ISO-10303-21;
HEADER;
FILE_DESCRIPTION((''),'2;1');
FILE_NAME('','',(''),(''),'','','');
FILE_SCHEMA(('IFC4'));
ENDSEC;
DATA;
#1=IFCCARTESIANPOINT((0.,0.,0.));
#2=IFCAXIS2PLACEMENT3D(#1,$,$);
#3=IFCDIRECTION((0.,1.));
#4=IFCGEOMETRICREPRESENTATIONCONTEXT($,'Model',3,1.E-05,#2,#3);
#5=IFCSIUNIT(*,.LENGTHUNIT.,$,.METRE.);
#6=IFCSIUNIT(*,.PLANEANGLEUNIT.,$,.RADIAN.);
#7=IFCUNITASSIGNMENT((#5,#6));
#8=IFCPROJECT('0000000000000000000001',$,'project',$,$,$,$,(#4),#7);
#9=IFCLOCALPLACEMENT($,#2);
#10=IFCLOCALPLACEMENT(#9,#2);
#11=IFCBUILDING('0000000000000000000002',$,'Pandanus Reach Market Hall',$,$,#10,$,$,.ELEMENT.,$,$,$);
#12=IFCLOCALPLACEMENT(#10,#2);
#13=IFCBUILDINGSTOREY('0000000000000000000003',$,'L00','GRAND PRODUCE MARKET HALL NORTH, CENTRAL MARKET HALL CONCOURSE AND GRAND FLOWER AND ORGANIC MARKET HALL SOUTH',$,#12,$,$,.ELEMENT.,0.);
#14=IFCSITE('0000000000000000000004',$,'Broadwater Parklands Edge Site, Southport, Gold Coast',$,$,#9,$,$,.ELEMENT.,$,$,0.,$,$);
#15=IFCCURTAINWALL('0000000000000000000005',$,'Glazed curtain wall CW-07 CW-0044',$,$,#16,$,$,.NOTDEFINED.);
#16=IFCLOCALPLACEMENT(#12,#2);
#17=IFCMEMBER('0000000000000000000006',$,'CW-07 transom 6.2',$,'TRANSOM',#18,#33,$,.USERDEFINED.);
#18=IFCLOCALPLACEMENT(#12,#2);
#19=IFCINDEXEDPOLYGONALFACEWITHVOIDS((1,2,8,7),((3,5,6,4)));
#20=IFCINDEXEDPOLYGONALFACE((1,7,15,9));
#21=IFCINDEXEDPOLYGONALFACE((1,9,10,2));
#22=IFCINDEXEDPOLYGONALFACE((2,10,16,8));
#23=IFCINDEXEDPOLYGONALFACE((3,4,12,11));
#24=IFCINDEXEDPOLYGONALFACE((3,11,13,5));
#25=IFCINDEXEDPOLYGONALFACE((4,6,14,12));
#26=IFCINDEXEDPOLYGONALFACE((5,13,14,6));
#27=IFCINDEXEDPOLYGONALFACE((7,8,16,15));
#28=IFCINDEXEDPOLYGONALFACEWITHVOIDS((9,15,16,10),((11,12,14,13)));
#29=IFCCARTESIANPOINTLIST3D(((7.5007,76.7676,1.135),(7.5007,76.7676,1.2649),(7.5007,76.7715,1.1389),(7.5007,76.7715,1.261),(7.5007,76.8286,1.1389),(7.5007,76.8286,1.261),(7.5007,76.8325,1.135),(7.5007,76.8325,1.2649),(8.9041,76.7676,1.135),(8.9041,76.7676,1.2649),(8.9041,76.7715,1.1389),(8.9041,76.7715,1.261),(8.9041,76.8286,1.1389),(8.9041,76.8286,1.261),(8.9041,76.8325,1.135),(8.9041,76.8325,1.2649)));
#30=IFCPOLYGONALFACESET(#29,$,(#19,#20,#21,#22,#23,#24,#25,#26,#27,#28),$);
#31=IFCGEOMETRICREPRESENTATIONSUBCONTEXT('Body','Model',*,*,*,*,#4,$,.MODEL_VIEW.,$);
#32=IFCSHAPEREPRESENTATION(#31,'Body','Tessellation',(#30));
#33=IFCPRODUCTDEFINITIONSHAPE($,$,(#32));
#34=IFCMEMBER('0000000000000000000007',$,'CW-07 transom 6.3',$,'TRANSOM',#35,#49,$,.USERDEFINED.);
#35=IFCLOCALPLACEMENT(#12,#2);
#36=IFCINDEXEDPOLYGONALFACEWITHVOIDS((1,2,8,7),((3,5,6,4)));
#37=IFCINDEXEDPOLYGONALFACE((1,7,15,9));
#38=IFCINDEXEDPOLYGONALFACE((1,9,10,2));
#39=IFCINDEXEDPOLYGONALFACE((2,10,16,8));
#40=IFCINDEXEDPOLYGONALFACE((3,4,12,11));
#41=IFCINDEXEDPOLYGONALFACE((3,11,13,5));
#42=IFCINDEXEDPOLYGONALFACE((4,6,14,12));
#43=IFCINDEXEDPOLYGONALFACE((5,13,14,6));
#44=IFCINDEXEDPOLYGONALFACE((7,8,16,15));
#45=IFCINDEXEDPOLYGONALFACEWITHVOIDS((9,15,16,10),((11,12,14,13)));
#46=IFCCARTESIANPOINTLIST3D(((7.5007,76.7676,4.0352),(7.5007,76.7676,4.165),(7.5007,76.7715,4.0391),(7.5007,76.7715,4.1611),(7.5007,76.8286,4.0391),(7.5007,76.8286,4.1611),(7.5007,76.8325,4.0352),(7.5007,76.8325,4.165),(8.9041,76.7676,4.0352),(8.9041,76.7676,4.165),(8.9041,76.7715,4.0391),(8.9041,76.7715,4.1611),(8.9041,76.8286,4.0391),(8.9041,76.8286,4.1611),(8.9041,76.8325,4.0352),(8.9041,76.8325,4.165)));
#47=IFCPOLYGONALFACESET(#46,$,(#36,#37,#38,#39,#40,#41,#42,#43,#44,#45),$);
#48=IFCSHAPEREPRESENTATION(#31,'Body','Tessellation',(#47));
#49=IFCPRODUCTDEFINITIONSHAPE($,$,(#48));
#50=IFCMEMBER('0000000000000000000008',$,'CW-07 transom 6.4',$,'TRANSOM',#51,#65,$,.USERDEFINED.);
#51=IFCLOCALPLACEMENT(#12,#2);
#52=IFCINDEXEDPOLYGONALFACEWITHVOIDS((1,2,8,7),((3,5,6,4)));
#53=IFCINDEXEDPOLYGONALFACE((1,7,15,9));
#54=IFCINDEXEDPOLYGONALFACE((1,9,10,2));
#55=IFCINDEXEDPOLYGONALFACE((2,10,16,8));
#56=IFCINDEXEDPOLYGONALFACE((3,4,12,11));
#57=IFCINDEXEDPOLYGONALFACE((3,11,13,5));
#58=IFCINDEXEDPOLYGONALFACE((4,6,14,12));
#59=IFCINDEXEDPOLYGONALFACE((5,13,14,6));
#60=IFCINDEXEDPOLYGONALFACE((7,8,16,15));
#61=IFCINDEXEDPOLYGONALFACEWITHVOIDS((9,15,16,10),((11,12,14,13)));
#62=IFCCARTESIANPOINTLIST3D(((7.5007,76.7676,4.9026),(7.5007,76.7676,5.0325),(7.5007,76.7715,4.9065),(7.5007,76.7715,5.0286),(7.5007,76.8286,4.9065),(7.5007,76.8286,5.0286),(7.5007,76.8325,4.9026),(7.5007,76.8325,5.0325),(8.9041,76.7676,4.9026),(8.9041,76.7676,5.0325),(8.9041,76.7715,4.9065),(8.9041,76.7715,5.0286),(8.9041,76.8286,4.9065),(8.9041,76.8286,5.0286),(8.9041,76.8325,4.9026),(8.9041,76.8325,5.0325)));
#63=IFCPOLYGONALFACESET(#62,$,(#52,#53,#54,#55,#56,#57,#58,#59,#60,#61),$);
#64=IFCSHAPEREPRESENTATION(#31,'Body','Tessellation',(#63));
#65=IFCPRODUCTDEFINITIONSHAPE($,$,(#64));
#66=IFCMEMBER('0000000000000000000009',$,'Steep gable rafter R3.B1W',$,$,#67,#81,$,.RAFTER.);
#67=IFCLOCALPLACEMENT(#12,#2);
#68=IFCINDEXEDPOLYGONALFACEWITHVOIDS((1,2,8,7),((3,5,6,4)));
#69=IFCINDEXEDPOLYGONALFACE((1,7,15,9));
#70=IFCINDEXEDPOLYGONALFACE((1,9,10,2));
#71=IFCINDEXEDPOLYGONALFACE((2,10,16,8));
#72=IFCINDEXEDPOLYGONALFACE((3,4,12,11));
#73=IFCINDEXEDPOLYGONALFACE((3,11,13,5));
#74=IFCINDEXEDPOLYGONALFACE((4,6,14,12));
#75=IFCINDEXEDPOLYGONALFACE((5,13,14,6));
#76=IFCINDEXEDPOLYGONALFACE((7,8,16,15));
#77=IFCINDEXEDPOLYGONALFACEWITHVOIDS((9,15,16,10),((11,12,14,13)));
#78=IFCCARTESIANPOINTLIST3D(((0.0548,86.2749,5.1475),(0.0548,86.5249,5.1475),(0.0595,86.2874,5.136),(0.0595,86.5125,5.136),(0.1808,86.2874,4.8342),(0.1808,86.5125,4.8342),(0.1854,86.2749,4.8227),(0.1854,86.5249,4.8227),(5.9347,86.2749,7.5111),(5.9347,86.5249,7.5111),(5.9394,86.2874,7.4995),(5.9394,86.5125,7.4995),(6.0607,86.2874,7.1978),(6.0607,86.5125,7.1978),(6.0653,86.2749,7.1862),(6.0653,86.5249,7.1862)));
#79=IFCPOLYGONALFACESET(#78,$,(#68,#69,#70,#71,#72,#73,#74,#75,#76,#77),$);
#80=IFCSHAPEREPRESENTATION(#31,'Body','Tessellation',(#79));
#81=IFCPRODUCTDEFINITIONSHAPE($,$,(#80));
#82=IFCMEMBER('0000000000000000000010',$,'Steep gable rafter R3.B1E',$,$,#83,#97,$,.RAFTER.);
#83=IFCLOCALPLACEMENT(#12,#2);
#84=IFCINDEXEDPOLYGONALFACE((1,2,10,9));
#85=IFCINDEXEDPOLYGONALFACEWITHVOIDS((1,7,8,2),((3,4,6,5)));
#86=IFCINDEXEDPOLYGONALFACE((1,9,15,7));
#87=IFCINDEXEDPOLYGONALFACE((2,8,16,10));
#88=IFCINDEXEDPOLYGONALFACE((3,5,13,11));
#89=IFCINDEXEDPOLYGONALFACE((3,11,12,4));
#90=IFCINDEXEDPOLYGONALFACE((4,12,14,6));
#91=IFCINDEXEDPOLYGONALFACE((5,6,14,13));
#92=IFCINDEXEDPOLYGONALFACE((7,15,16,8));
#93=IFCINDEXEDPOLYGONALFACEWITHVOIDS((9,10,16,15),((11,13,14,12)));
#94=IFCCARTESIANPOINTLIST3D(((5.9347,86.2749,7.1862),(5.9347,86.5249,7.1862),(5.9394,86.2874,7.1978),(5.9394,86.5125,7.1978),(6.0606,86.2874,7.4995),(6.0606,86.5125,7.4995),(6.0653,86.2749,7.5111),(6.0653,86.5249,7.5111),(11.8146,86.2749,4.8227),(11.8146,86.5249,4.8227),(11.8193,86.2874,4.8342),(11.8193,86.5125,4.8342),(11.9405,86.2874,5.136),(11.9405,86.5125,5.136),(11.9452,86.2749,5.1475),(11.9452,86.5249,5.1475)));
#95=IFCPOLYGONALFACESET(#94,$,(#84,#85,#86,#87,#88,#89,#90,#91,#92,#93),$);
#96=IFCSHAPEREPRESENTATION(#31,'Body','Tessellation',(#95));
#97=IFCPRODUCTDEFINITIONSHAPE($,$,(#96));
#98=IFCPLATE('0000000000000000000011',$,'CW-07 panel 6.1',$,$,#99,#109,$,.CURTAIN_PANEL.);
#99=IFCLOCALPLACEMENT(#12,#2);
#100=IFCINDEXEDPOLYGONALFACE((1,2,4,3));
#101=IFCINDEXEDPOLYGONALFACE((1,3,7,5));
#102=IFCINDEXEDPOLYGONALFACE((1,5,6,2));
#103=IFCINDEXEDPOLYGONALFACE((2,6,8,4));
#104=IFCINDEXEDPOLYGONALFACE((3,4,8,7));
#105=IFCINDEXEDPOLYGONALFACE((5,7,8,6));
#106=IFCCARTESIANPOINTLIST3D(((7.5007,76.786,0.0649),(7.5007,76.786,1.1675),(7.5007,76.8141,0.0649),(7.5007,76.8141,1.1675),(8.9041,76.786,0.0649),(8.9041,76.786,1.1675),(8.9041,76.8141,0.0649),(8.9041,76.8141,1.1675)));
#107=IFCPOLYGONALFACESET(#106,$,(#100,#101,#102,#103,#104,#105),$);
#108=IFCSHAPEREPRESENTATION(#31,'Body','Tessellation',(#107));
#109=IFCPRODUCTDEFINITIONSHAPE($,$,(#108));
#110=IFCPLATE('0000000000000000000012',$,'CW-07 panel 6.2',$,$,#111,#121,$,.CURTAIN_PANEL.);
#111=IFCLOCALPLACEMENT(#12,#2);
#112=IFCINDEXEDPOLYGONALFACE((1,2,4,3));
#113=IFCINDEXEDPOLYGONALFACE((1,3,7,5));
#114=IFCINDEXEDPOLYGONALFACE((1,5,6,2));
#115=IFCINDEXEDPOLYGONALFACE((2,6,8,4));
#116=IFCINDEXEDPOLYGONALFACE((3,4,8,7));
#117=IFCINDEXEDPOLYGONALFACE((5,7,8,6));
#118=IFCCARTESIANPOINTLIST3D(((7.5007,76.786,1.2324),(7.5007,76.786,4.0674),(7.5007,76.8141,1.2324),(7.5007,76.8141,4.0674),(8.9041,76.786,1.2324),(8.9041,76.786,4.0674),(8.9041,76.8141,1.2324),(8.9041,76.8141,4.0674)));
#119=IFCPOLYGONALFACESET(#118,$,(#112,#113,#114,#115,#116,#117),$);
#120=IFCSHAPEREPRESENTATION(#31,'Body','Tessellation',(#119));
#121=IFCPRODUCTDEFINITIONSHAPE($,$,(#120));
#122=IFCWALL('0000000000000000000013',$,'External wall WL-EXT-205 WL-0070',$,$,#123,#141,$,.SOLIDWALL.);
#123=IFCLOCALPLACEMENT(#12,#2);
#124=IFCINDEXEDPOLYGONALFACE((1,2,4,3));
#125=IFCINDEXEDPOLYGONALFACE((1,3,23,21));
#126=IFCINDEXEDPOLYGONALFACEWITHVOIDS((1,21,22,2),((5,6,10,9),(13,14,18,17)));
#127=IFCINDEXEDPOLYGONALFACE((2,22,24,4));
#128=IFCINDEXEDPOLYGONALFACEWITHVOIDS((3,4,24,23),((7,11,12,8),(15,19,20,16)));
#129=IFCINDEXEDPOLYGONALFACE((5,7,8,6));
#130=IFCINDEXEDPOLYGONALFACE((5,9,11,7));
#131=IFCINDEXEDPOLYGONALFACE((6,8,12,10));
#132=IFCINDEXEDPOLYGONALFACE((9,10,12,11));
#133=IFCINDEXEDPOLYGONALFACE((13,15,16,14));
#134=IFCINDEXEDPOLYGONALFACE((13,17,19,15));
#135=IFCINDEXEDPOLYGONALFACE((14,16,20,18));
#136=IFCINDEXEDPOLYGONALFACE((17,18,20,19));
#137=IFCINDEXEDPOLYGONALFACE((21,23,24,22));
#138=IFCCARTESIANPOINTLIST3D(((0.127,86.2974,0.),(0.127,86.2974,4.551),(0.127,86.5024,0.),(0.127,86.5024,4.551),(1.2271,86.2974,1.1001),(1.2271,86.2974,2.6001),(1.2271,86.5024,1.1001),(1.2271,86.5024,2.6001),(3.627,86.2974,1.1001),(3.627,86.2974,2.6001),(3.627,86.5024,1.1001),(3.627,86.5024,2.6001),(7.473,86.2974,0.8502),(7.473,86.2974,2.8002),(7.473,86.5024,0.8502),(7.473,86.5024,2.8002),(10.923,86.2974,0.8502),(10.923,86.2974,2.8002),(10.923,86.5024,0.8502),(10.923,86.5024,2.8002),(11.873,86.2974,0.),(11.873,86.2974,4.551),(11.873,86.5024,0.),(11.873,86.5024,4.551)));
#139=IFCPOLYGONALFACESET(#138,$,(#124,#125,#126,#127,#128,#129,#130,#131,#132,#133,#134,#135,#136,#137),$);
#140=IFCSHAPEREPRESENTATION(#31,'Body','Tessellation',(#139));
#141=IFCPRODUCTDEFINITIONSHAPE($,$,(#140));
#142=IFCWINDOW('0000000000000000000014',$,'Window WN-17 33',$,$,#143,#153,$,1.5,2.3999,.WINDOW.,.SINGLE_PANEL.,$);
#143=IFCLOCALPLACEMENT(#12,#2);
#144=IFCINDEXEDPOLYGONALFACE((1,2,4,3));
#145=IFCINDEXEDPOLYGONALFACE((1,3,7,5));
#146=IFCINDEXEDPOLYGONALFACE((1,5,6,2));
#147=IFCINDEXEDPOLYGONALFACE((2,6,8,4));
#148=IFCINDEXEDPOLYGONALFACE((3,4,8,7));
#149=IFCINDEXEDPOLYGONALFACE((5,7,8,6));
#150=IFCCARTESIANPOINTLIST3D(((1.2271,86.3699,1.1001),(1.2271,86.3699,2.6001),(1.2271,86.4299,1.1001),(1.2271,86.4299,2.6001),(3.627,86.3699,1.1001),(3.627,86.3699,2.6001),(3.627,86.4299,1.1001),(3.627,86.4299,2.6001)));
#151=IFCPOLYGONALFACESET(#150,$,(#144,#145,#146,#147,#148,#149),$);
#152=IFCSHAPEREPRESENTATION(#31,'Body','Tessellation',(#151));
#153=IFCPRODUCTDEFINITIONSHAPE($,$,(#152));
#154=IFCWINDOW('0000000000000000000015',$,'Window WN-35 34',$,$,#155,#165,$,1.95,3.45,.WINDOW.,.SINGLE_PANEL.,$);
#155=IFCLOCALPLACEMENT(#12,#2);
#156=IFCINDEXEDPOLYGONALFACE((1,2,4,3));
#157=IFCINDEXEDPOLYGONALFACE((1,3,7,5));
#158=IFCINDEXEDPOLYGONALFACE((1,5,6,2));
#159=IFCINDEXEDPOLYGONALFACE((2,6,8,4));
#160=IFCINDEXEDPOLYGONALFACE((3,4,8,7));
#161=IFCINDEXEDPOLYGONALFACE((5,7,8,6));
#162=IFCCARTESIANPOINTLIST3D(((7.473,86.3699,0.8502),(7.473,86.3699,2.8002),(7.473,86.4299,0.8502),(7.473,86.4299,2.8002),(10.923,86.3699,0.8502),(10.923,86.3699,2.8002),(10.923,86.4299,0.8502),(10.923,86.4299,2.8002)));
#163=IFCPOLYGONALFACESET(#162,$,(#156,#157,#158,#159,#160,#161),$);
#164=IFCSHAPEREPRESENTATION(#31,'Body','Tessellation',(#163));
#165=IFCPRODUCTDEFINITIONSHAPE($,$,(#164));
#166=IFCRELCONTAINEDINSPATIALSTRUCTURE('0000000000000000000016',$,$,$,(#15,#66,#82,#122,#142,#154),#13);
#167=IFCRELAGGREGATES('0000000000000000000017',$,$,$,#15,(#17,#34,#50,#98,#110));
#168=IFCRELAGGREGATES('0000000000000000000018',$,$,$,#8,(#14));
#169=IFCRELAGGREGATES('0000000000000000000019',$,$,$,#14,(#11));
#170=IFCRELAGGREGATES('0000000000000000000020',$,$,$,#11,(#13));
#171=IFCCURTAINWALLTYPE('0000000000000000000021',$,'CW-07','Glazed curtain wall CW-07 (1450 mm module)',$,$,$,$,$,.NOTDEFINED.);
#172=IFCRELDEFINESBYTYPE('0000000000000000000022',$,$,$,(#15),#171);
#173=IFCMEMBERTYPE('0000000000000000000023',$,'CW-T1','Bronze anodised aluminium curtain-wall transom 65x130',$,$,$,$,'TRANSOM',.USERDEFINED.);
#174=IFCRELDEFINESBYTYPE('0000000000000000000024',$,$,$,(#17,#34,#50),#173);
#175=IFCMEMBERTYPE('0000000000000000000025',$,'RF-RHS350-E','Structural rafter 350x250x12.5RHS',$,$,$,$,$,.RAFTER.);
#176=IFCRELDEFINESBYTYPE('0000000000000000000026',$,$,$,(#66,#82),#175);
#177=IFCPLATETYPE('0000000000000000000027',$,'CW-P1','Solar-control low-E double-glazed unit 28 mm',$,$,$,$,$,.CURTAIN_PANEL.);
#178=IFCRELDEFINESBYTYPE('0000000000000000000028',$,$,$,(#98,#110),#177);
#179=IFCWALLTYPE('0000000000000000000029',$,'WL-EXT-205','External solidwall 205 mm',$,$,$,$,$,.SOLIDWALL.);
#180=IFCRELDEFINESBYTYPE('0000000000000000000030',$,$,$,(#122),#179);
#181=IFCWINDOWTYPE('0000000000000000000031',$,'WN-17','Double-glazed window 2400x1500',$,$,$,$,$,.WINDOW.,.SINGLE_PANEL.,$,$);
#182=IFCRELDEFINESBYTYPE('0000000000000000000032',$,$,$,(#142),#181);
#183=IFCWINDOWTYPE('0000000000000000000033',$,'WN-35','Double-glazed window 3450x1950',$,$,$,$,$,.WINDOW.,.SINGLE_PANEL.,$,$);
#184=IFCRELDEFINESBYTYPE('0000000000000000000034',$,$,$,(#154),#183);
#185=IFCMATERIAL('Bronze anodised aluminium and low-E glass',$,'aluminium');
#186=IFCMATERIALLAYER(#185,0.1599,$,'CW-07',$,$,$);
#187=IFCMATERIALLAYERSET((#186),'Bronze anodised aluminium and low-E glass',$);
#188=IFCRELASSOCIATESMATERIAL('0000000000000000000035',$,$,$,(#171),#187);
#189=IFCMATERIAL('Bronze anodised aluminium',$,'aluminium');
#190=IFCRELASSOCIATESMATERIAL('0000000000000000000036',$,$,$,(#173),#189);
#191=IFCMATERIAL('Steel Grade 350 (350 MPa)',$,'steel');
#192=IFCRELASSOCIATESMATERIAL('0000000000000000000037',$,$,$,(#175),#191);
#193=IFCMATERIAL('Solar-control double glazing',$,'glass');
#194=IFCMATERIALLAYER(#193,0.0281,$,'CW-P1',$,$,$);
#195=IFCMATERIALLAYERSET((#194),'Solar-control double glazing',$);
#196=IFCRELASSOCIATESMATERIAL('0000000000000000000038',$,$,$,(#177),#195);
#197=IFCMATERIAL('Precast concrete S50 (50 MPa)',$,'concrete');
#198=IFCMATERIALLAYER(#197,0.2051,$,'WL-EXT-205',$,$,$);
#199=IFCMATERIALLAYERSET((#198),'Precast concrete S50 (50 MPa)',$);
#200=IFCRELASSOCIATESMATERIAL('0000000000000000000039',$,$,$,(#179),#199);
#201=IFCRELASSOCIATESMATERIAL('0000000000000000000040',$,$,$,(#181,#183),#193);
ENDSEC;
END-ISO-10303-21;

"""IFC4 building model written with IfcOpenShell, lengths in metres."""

from ifc_helpers import new_model, si_unit, direction, frame, frame_2d, origin, origin_2d, place, context, subcontext, project, spatial, rectangle, hollow_rectangle, extrude, material, layer, layer_set, material_profile, profile_set, type_object, element, fill, aggregate, save


model = new_model("IFC4")

# Units and contexts
model_context = context("Model", 3, precision=1e-05, world=origin(), true_north=direction((0.0, 1.0)))
body_context = subcontext(model_context, "Body", "Model", "MODEL_VIEW")
ifc_project = project(units=[si_unit("LENGTHUNIT", "METRE"), si_unit("PLANEANGLEUNIT", "RADIAN")], contexts=[model_context])

# Site, building, storey
site_placement = place(None, origin())
site = spatial("IfcSite", under=ifc_project, at=site_placement, Name="Broadwater Parklands Edge Site, Southport, Gold Coast", CompositionType="ELEMENT", RefElevation=0.0)
building_placement = place(site_placement, origin())
building = spatial("IfcBuilding", under=site, at=building_placement, Name="Pandanus Reach Market Hall", CompositionType="ELEMENT")
storey_placement = place(building_placement, origin())
storey = spatial("IfcBuildingStorey", under=building, at=storey_placement, Name="L00", Description="GRAND PRODUCE MARKET HALL NORTH, CENTRAL MARKET HALL CONCOURSE AND GRAND FLOWER AND ORGANIC MARKET HALL SOUTH", CompositionType="ELEMENT", Elevation=0.0)

# Shared definitions
ifc_material_1 = material(Name="Steel Grade 350 (350 MPa)", Category="steel")

# Curtain wall, members
ifc_material_2 = material(Name="Bronze anodised aluminium and low-E glass", Category="aluminium")
ifc_layer_1 = layer(ifc_material_2, 0.1599, Name="CW-07")
ifc_layer_set_1 = layer_set([ifc_layer_1], Name="Bronze anodised aluminium and low-E glass")
curtain_wall_type = type_object("IfcCurtainWallType", Name="CW-07", Description="Glazed curtain wall CW-07 (1450 mm module)", PredefinedType="NOTDEFINED", material=ifc_layer_set_1)
curtain_wall_placement = place(storey_placement, origin())
curtain_wall = element("IfcCurtainWall", 1, at=curtain_wall_placement, inside=storey, type_object=curtain_wall_type, Name="Glazed curtain wall CW-07 CW-0044", PredefinedType="NOTDEFINED")
ifc_material_3 = material(Name="Bronze anodised aluminium", Category="aluminium")
ifc_material_profile_1 = material_profile(ifc_material_3, hollow_rectangle(XDim=0.0649, YDim=0.1299, WallThickness=0.0039, at=origin_2d()), Name="ALU65x130", Category="LoadBearing")
ifc_profile_set_1 = profile_set([ifc_material_profile_1], Name="Bronze anodised aluminium")
member_type_1 = type_object("IfcMemberType", Name="CW-T1", Description="Bronze anodised aluminium curtain-wall transom 65x130", ElementType="TRANSOM", PredefinedType="USERDEFINED", material=ifc_profile_set_1)
member_1_placement = place(storey_placement, frame((7.5007, 76.8, 1.2), z_axis=(1.0, 0.0, 0.0), x_axis=(0.0, 1.0, 0.0)))
member_1 = element("IfcMember", 2, at=member_1_placement, type_object=member_type_1, Name="CW-07 transom 6.2", ObjectType="TRANSOM", PredefinedType="USERDEFINED", context=body_context, shape_type="SweptSolid", body=[
    extrude(hollow_rectangle(XDim=0.0649, YDim=0.1299, WallThickness=0.0039, at=origin_2d()), origin(), (0.0, 0.0, 1.0), 1.4033),
])
member_2_placement = place(storey_placement, frame((7.5007, 76.8, 4.1001), z_axis=(1.0, 0.0, 0.0), x_axis=(0.0, 1.0, 0.0)))
member_2 = element("IfcMember", 3, at=member_2_placement, type_object=member_type_1, Name="CW-07 transom 6.3", ObjectType="TRANSOM", PredefinedType="USERDEFINED", context=body_context, shape_type="SweptSolid", body=[
    extrude(hollow_rectangle(XDim=0.0649, YDim=0.1299, WallThickness=0.0039, at=origin_2d()), origin(), (0.0, 0.0, 1.0), 1.4033),
])
member_3_placement = place(storey_placement, frame((7.5007, 76.8, 4.9675), z_axis=(1.0, 0.0, 0.0), x_axis=(0.0, 1.0, 0.0)))
member_3 = element("IfcMember", 4, at=member_3_placement, type_object=member_type_1, Name="CW-07 transom 6.4", ObjectType="TRANSOM", PredefinedType="USERDEFINED", context=body_context, shape_type="SweptSolid", body=[
    extrude(hollow_rectangle(XDim=0.0649, YDim=0.1299, WallThickness=0.0039, at=origin_2d()), origin(), (0.0, 0.0, 1.0), 1.4033),
])

# Members
ifc_material_profile_2 = material_profile(ifc_material_1, hollow_rectangle(XDim=0.25, YDim=0.3501, WallThickness=0.0125, at=origin_2d()), Name="350x250x12.5RHS", Category="LoadBearing")
ifc_profile_set_2 = profile_set([ifc_material_profile_2], Name="Steel Grade 350 (350 MPa)")
member_type_2 = type_object("IfcMemberType", Name="RF-RHS350-E", Description="Structural rafter 350x250x12.5RHS", PredefinedType="RAFTER", material=ifc_profile_set_2)
for number, where, z_axis, x_axis, name in (
    (5, (0.1201, 86.3999, 4.9851), (0.927846, 0.0, 0.372964), (0.0, 1.0, 0.0), "Steep gable rafter R3.B1W"),
    (6, (6.0, 86.3999, 7.3486), (0.927846, 0.0, -0.372964), (0.0, 1.0, 0.0), "Steep gable rafter R3.B1E"),
):
    element("IfcMember", number, at=place(storey_placement, frame(where, z_axis=z_axis, x_axis=x_axis)), inside=storey, type_object=member_type_2, Name=name, PredefinedType="RAFTER", context=body_context, shape_type="SweptSolid", body=[
        extrude(hollow_rectangle(XDim=0.25, YDim=0.3501, WallThickness=0.0125, at=origin_2d()), origin(), (0.0, 0.0, 1.0), 6.3372),
    ])

# Plates
ifc_material_4 = material(Name="Solar-control double glazing", Category="glass")
ifc_layer_2 = layer(ifc_material_4, 0.0281, Name="CW-P1")
ifc_layer_set_2 = layer_set([ifc_layer_2], Name="Solar-control double glazing")
plate_type = type_object("IfcPlateType", Name="CW-P1", Description="Solar-control low-E double-glazed unit 28 mm", PredefinedType="CURTAIN_PANEL", material=ifc_layer_set_2)
plate_1_placement = place(storey_placement, frame((8.2024, 76.8, 0.0649), z_axis=(0.0, 0.0, 1.0), x_axis=(1.0, 0.0, 0.0)))
plate_1 = element("IfcPlate", 7, at=plate_1_placement, type_object=plate_type, Name="CW-07 panel 6.1", PredefinedType="CURTAIN_PANEL", context=body_context, shape_type="SweptSolid", body=[
    extrude(rectangle(XDim=1.4033, YDim=0.0281, at=origin_2d()), origin(), (0.0, 0.0, 1.0), 1.1025),
])
plate_2_placement = place(storey_placement, frame((8.2024, 76.8, 1.2324), z_axis=(0.0, 0.0, 1.0), x_axis=(1.0, 0.0, 0.0)))
plate_2 = element("IfcPlate", 8, at=plate_2_placement, type_object=plate_type, Name="CW-07 panel 6.2", PredefinedType="CURTAIN_PANEL", context=body_context, shape_type="SweptSolid", body=[
    extrude(rectangle(XDim=1.4033, YDim=0.0281, at=origin_2d()), origin(), (0.0, 0.0, 1.0), 2.835),
])
aggregate(curtain_wall, [member_1, member_2, member_3, plate_1, plate_2])

# Wall, openings, windows
ifc_material_5 = material(Name="Precast concrete S50 (50 MPa)", Category="concrete")
ifc_layer_3 = layer(ifc_material_5, 0.2051, Name="WL-EXT-205")
ifc_layer_set_3 = layer_set([ifc_layer_3], Name="Precast concrete S50 (50 MPa)")
wall_type_1 = type_object("IfcWallType", Name="WL-EXT-205", Description="External solidwall 205 mm", PredefinedType="SOLIDWALL", material=ifc_layer_set_3)
wall_1_placement = place(storey_placement, frame((0.127, 86.3999, 0.0), z_axis=(0.0, 0.0, 1.0), x_axis=(1.0, 0.0, 0.0)))
wall_1 = element("IfcWall", 9, at=wall_1_placement, inside=storey, type_object=wall_type_1, Name="External wall WL-EXT-205 WL-0070", PredefinedType="SOLIDWALL", context=body_context, shape_type="SweptSolid", body=[
    extrude(rectangle(XDim=11.7461, YDim=0.2051, at=frame_2d((5.873, 0.0))), origin(), (0.0, 0.0, 1.0), 4.551),
])
opening_1_placement = place(wall_1_placement, frame((1.1001, 0.0, 1.1001)))
opening_1 = element("IfcOpeningElement", 10, at=opening_1_placement, cuts=wall_1, PredefinedType="OPENING", context=body_context, shape_type="SweptSolid", body=[
    extrude(rectangle(XDim=2.3999, YDim=1.5, at=frame_2d((1.2, 0.75))), frame((0.0, 0.1174, 0.0), z_axis=(0.0, -1.0, 0.0), x_axis=(1.0, 0.0, 0.0)), (0.0, 0.0, 1.0), 0.2351),
])
opening_2_placement = place(wall_1_placement, frame((7.3459, 0.0, 0.8501)))
opening_2 = element("IfcOpeningElement", 11, at=opening_2_placement, cuts=wall_1, PredefinedType="OPENING", context=body_context, shape_type="SweptSolid", body=[
    extrude(rectangle(XDim=3.45, YDim=1.95, at=frame_2d((1.7251, 0.9751))), frame((0.0, 0.1174, 0.0), z_axis=(0.0, -1.0, 0.0), x_axis=(1.0, 0.0, 0.0)), (0.0, 0.0, 1.0), 0.2351),
])
window_type_1 = type_object("IfcWindowType", Name="WN-17", Description="Double-glazed window 2400x1500", PartitioningType="SINGLE_PANEL", PredefinedType="WINDOW", material=ifc_material_4)
window_1_placement = place(opening_1_placement, origin())
window_1 = element("IfcWindow", 12, at=window_1_placement, inside=storey, type_object=window_type_1, Name="Window WN-17 33", OverallHeight=1.5, OverallWidth=2.3999, PartitioningType="SINGLE_PANEL", PredefinedType="WINDOW", context=body_context, shape_type="SweptSolid", body=[
    extrude(rectangle(XDim=2.3999, YDim=1.5, at=frame_2d((1.2, 0.75))), frame((0.0, 0.03, 0.0), z_axis=(0.0, -1.0, 0.0), x_axis=(1.0, 0.0, 0.0)), (0.0, 0.0, 1.0), 0.0601),
])
fill(opening_1, window_1)
window_type_2 = type_object("IfcWindowType", Name="WN-35", Description="Double-glazed window 3450x1950", PartitioningType="SINGLE_PANEL", PredefinedType="WINDOW", material=ifc_material_4)
window_2_placement = place(opening_2_placement, origin())
window_2 = element("IfcWindow", 13, at=window_2_placement, inside=storey, type_object=window_type_2, Name="Window WN-35 34", OverallHeight=1.95, OverallWidth=3.45, PartitioningType="SINGLE_PANEL", PredefinedType="WINDOW", context=body_context, shape_type="SweptSolid", body=[
    extrude(rectangle(XDim=3.45, YDim=1.95, at=frame_2d((1.7251, 0.9751))), frame((0.0, 0.03, 0.0), z_axis=(0.0, -1.0, 0.0), x_axis=(1.0, 0.0, 0.0)), (0.0, 0.0, 1.0), 0.0601),
])
fill(opening_2, window_2)

save(model, "model.ifc")
